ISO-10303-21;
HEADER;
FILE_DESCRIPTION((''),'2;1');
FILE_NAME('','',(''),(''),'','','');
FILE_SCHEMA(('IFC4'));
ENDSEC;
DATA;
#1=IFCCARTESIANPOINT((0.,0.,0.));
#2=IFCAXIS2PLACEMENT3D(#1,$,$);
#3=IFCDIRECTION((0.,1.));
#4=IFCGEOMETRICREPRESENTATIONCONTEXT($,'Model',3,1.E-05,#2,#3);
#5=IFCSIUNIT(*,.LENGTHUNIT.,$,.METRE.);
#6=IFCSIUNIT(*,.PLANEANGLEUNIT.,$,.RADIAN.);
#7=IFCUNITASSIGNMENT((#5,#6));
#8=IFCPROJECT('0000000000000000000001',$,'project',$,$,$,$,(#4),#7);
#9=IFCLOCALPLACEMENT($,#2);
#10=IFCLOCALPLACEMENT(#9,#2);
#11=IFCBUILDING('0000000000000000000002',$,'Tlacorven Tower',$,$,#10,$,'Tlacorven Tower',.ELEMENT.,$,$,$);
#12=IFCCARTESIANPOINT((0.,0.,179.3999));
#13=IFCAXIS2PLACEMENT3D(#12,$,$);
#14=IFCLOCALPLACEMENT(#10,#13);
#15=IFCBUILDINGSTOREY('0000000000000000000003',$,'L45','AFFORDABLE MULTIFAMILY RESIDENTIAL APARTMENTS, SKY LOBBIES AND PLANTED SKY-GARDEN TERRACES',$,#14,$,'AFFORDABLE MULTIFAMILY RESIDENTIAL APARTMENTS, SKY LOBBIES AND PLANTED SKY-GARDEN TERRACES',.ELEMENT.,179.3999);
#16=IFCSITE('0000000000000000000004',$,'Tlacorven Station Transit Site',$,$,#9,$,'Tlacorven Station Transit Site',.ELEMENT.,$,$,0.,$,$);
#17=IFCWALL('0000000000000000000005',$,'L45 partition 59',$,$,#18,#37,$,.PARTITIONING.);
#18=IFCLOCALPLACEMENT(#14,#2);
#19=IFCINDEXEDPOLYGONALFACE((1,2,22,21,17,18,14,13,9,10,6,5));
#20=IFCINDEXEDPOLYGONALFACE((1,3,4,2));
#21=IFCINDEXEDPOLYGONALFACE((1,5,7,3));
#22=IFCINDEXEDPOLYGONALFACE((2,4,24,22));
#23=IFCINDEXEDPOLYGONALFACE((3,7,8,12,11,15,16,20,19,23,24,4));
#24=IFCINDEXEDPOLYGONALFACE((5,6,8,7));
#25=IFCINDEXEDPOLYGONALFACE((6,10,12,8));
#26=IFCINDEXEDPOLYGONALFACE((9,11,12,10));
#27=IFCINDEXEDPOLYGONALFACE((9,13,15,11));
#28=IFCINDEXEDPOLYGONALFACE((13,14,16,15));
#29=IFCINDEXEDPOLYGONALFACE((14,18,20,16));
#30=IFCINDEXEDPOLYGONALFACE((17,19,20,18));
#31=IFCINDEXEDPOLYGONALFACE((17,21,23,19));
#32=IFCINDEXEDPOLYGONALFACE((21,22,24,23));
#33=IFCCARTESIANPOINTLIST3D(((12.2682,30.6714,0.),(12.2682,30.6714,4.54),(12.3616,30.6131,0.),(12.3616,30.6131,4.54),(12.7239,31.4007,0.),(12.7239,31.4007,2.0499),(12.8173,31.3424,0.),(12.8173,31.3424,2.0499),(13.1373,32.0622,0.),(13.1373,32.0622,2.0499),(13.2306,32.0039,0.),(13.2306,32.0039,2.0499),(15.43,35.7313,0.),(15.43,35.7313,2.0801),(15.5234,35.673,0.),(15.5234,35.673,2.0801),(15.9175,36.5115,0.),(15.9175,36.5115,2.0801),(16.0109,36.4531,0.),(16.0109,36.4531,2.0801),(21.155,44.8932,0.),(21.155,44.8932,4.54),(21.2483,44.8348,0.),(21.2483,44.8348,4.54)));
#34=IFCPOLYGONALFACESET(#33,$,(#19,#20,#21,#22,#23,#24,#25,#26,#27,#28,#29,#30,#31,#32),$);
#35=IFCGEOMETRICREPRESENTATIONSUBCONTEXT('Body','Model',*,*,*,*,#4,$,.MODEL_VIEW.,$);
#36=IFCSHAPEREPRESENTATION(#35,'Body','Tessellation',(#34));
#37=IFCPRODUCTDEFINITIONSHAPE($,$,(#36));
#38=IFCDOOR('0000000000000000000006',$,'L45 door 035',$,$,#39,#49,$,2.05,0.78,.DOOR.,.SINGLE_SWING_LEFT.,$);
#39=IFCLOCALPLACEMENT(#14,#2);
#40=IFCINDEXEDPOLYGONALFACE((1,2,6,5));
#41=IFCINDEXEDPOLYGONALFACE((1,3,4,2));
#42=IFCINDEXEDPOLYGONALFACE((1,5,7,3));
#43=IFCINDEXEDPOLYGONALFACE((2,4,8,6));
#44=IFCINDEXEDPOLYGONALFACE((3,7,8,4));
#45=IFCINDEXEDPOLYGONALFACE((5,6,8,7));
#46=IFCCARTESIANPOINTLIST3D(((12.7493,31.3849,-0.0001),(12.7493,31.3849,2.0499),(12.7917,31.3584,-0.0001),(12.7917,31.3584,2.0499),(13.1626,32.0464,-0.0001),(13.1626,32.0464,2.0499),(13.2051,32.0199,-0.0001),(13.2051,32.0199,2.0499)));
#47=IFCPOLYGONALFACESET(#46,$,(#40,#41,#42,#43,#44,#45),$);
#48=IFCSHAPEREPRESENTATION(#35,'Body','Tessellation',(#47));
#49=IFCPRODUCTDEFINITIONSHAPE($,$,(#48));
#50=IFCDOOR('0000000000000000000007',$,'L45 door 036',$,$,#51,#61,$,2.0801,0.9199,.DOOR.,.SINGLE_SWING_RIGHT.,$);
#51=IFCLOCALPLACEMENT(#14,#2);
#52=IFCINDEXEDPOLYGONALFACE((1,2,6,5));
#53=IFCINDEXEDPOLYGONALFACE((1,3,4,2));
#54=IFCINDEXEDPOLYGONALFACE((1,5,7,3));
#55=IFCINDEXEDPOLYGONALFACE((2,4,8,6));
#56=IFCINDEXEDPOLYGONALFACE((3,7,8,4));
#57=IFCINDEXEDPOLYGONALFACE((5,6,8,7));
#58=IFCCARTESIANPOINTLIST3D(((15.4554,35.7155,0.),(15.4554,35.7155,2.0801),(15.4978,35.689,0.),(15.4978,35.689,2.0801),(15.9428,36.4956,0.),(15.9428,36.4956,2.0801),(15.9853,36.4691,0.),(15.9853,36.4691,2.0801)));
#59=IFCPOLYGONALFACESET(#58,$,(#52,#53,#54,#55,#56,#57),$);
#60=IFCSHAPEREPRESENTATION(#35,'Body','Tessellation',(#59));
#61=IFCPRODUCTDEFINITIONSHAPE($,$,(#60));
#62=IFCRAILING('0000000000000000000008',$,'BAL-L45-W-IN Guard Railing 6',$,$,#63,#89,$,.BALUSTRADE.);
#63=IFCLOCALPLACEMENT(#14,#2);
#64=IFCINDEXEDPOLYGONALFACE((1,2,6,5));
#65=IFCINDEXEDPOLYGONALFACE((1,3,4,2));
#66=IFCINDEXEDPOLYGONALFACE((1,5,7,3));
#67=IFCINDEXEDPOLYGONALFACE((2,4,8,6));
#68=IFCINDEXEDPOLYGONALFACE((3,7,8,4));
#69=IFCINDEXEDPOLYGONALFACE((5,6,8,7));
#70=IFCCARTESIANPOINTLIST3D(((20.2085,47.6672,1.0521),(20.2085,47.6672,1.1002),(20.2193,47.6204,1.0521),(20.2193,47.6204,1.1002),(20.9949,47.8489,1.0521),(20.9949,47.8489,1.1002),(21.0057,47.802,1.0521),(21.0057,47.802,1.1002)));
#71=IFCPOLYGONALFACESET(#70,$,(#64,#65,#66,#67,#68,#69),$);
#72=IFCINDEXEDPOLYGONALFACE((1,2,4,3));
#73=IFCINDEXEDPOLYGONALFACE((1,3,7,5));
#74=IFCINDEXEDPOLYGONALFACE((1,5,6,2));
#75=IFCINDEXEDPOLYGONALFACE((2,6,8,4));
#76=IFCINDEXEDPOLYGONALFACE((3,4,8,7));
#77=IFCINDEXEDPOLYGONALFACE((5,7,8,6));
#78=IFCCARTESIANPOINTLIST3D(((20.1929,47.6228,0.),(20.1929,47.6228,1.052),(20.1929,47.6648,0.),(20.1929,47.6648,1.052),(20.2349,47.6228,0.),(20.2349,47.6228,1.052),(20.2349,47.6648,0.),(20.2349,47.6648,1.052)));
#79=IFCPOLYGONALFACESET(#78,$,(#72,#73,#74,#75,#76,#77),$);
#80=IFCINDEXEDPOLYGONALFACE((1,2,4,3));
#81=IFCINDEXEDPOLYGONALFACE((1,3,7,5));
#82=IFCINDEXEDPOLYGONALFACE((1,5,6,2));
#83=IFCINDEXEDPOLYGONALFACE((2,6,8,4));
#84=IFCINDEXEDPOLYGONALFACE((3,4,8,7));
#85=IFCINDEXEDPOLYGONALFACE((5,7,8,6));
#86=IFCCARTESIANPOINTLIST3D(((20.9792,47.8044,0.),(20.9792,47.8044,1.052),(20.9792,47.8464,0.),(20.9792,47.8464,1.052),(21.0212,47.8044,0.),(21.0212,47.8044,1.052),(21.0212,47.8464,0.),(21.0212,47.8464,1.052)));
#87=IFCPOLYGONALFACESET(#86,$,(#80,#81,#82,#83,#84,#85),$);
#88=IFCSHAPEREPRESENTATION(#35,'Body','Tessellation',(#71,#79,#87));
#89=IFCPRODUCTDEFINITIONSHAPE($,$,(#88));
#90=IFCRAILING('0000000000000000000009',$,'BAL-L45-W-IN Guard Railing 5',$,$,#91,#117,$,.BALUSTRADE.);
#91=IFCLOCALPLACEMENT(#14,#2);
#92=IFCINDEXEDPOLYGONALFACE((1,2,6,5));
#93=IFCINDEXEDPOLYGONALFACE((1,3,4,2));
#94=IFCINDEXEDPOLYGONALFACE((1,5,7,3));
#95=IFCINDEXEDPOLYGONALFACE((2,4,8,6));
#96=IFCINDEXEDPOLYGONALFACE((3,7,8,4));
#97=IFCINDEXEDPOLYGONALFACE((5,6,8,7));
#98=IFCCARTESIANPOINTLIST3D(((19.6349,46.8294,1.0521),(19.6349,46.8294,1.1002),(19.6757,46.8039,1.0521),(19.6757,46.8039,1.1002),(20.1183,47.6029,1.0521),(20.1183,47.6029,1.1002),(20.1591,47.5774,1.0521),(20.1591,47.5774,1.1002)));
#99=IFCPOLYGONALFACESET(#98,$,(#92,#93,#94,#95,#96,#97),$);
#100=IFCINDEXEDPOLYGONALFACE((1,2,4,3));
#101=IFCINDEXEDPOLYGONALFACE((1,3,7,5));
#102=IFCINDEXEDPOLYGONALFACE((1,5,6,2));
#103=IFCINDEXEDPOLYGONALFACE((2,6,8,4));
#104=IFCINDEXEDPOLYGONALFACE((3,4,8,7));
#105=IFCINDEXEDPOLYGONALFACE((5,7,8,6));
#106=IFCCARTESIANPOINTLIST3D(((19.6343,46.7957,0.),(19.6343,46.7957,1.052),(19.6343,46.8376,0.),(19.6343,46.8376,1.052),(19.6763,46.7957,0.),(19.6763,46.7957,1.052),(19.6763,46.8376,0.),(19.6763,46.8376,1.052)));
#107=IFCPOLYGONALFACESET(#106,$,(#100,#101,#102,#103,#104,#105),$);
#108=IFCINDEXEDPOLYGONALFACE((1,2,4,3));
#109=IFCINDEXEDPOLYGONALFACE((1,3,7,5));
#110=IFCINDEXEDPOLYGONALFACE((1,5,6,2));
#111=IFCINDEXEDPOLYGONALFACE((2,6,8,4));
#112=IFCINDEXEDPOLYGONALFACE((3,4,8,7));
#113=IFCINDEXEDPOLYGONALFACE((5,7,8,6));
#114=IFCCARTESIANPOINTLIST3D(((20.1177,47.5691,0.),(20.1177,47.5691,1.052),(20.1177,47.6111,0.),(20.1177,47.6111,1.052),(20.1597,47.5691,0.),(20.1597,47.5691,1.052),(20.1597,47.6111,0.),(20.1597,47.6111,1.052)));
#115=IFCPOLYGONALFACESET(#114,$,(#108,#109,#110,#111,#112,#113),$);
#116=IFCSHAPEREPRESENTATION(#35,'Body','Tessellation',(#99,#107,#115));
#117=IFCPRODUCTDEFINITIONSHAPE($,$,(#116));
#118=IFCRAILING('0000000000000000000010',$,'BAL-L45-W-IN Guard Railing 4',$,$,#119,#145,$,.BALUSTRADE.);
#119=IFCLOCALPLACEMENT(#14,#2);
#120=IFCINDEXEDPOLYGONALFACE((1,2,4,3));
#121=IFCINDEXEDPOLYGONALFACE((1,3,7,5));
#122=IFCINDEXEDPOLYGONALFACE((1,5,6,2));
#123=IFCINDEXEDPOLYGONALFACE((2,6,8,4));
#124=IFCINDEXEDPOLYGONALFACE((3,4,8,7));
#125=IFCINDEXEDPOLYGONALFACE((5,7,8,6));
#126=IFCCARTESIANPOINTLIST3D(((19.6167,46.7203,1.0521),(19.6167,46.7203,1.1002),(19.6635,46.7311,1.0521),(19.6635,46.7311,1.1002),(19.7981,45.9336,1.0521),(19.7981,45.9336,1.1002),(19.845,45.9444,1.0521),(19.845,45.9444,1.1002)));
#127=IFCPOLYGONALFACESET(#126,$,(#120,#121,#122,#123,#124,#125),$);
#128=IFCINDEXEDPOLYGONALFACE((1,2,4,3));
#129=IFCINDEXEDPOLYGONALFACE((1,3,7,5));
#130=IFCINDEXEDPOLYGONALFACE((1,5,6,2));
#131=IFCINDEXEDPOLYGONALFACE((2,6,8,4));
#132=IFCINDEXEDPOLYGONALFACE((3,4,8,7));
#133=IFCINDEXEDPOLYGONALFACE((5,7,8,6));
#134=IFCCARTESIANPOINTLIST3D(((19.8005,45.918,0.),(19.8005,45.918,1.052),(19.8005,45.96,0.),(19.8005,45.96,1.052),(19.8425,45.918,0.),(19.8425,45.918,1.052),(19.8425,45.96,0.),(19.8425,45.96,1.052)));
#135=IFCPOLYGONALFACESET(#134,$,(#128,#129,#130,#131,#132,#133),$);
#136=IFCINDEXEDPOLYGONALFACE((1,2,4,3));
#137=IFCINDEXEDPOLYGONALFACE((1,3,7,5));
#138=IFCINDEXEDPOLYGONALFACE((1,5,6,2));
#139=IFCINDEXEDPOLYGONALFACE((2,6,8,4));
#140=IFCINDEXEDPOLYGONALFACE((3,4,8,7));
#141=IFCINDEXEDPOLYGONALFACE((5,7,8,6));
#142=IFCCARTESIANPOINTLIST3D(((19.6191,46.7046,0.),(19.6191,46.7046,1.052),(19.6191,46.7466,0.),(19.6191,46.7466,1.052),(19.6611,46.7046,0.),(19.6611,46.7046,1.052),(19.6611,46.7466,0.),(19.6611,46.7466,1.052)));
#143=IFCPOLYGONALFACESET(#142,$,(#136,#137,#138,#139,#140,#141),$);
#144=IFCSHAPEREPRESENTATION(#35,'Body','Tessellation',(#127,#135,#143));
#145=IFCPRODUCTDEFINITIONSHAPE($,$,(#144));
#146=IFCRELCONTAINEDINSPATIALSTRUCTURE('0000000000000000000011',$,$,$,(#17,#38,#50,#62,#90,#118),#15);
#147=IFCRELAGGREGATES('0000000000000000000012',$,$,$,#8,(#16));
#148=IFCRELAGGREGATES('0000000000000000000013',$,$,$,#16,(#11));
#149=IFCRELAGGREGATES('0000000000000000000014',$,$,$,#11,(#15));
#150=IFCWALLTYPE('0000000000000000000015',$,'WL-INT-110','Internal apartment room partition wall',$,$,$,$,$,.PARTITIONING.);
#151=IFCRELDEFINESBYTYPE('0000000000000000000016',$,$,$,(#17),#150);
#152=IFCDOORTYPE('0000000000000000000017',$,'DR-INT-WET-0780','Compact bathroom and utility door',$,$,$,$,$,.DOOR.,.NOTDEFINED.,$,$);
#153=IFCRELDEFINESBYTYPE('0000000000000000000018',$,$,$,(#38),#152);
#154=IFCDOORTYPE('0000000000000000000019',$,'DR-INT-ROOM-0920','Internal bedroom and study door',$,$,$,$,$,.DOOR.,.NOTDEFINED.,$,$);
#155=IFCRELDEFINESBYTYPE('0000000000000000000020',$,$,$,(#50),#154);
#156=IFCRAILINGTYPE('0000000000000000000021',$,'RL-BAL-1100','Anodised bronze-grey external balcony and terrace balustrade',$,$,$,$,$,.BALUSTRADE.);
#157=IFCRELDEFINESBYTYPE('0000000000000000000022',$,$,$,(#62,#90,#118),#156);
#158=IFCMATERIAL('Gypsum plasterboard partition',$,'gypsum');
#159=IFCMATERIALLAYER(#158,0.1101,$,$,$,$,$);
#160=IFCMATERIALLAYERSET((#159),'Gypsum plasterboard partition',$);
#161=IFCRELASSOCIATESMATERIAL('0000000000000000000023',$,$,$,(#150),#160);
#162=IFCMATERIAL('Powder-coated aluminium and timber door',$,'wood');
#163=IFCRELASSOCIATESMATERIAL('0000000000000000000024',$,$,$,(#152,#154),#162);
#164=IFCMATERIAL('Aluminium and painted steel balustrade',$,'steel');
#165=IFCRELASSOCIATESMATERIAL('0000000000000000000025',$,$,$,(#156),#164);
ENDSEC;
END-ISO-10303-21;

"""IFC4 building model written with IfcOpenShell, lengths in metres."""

from ifc_helpers import new_model, si_unit, direction, frame, frame_2d, origin, origin_2d, place, context, subcontext, project, spatial, rectangle, extrude, source, transform, mapped, material, layer, layer_set, type_object, element, fill, save


model = new_model("IFC4")

# Units and contexts
model_context = context("Model", 3, precision=1e-05, world=origin(), true_north=direction((0.0, 1.0)))
body_context = subcontext(model_context, "Body", "Model", "MODEL_VIEW")
ifc_project = project(units=[si_unit("LENGTHUNIT", "METRE"), si_unit("PLANEANGLEUNIT", "RADIAN")], contexts=[model_context])

# Site, building, storey
site_placement = place(None, origin())
site = spatial("IfcSite", under=ifc_project, at=site_placement, Name="Tlacorven Station Transit Site", LongName="Tlacorven Station Transit Site", CompositionType="ELEMENT", RefElevation=0.0)
building_placement = place(site_placement, origin())
building = spatial("IfcBuilding", under=site, at=building_placement, Name="Tlacorven Tower", LongName="Tlacorven Tower", CompositionType="ELEMENT")
storey_placement = place(building_placement, frame((0.0, 0.0, 179.3999)))
storey = spatial("IfcBuildingStorey", under=building, at=storey_placement, Name="L45", Description="AFFORDABLE MULTIFAMILY RESIDENTIAL APARTMENTS, SKY LOBBIES AND PLANTED SKY-GARDEN TERRACES", LongName="AFFORDABLE MULTIFAMILY RESIDENTIAL APARTMENTS, SKY LOBBIES AND PLANTED SKY-GARDEN TERRACES", CompositionType="ELEMENT", Elevation=179.3999)

# Shared definitions
ifc_material_1 = material(Name="Powder-coated aluminium and timber door", Category="wood")

# Wall, openings, doors
ifc_material_2 = material(Name="Gypsum plasterboard partition", Category="gypsum")
ifc_layer_1 = layer(ifc_material_2, 0.1101)
ifc_layer_set_1 = layer_set([ifc_layer_1], Name="Gypsum plasterboard partition")
wall_type_1 = type_object("IfcWallType", Name="WL-INT-110", Description="Internal apartment room partition wall", PredefinedType="PARTITIONING", material=ifc_layer_set_1)
wall_1_placement = place(storey_placement, frame((21.2017, 44.864, 0.0), z_axis=(0.0, 0.0, 1.0), x_axis=(-0.52992, -0.848047, 0.0)))
wall_1 = element("IfcWall", 1, at=wall_1_placement, inside=storey, type_object=wall_type_1, Name="L45 partition 59", PredefinedType="PARTITIONING", context=body_context, shape_type="SweptSolid", body=[
    extrude(rectangle(XDim=16.77, YDim=0.1101, at=frame_2d((8.385, 0.0))), origin(), (0.0, 0.0, 1.0), 4.54),
])
opening_1_placement = place(wall_1_placement, frame((15.1299, 0.0, 0.0)))
opening_1 = element("IfcOpeningElement", 2, at=opening_1_placement, cuts=wall_1, PredefinedType="OPENING", context=body_context, shape_type="SweptSolid", body=[
    extrude(rectangle(XDim=0.78, YDim=2.05, at=frame_2d((0.3901, 1.0249))), frame((0.0, 0.0649, 0.0), z_axis=(0.0, -1.0, 0.0), x_axis=(1.0, 0.0, 0.0)), (0.0, 0.0, 1.0), 0.1301),
])
opening_2_placement = place(wall_1_placement, frame((9.8835, 0.0, 0.0)))
opening_2 = element("IfcOpeningElement", 3, at=opening_2_placement, cuts=wall_1, PredefinedType="OPENING", context=body_context, shape_type="SweptSolid", body=[
    extrude(rectangle(XDim=0.9199, YDim=2.0801, at=frame_2d((0.46, 1.04))), frame((0.0, 0.0649, 0.0), z_axis=(0.0, -1.0, 0.0), x_axis=(1.0, 0.0, 0.0)), (0.0, 0.0, 1.0), 0.1301),
])
door_type_1 = type_object("IfcDoorType", Name="DR-INT-WET-0780", Description="Compact bathroom and utility door", OperationType="NOTDEFINED", PredefinedType="DOOR", material=ifc_material_1)
shared_shape_1 = source(origin(), body_context, "Body", "SweptSolid", [
    extrude(rectangle(XDim=0.78, YDim=2.05, at=frame_2d((0.3901, 1.0249))), frame((0.0, 0.0249, 0.0), z_axis=(0.0, -1.0, 0.0), x_axis=(1.0, 0.0, 0.0)), (0.0, 0.0, 1.0), 0.05),
])
door_1_placement = place(opening_1_placement, origin())
door_1 = element("IfcDoor", 4, at=door_1_placement, inside=storey, type_object=door_type_1, Name="L45 door 035", OperationType="SINGLE_SWING_LEFT", OverallHeight=2.05, OverallWidth=0.78, PredefinedType="DOOR", context=body_context, shape_type="MappedRepresentation", body=[
    mapped(shared_shape_1, transform((0.0, 0.0, 0.0), scale=1.0)),
])
fill(opening_1, door_1)
door_type_2 = type_object("IfcDoorType", Name="DR-INT-ROOM-0920", Description="Internal bedroom and study door", OperationType="NOTDEFINED", PredefinedType="DOOR", material=ifc_material_1)
shared_shape_2 = source(origin(), body_context, "Body", "SweptSolid", [
    extrude(rectangle(XDim=0.9199, YDim=2.0801, at=frame_2d((0.46, 1.04))), frame((0.0, 0.0249, 0.0), z_axis=(0.0, -1.0, 0.0), x_axis=(1.0, 0.0, 0.0)), (0.0, 0.0, 1.0), 0.05),
])
door_2_placement = place(opening_2_placement, origin())
door_2 = element("IfcDoor", 5, at=door_2_placement, inside=storey, type_object=door_type_2, Name="L45 door 036", OperationType="SINGLE_SWING_RIGHT", OverallHeight=2.0801, OverallWidth=0.9199, PredefinedType="DOOR", context=body_context, shape_type="MappedRepresentation", body=[
    mapped(shared_shape_2, transform((0.0, 0.0, 0.0), scale=1.0)),
])
fill(opening_2, door_2)

# Railings
ifc_material_3 = material(Name="Aluminium and painted steel balustrade", Category="steel")
railing_type = type_object("IfcRailingType", Name="RL-BAL-1100", Description="Anodised bronze-grey external balcony and terrace balustrade", PredefinedType="BALUSTRADE", material=ifc_material_3)
shared_shape_3 = source(origin(), body_context, "Body", "SweptSolid", [
    extrude(rectangle(XDim=0.0481, YDim=0.0481, at=origin_2d()), frame((0.0, 0.0, 1.0762), z_axis=(0.974345, 0.225058, 0.0), x_axis=(-0.225058, 0.974345, 0.0)), (0.0, 0.0, 1.0), 0.8071),
    extrude(rectangle(XDim=0.042, YDim=0.042, at=origin_2d()), origin(), (0.0, 0.0, 1.0), 1.052),
    extrude(rectangle(XDim=0.042, YDim=0.042, at=origin_2d()), frame((0.7864, 0.1816, 0.0)), (0.0, 0.0, 1.0), 1.052),
])
railing_1_placement = place(storey_placement, frame((20.2139, 47.6438, 0.0)))
element("IfcRailing", 6, at=railing_1_placement, inside=storey, type_object=railing_type, Name="BAL-L45-W-IN Guard Railing 6", PredefinedType="BALUSTRADE", context=body_context, shape_type="MappedRepresentation", body=[
    mapped(shared_shape_3, transform((0.0, 0.0, 0.0), scale=1.0)),
])
shared_shape_4 = source(origin(), body_context, "Body", "SweptSolid", [
    extrude(rectangle(XDim=0.0481, YDim=0.0481, at=origin_2d()), frame((0.0, 0.0, 1.0762), z_axis=(0.529999, 0.847998, 0.0), x_axis=(-0.847998, 0.529999, 0.0)), (0.0, 0.0, 1.0), 0.9121),
    extrude(rectangle(XDim=0.042, YDim=0.042, at=origin_2d()), origin(), (0.0, 0.0, 1.0), 1.052),
    extrude(rectangle(XDim=0.042, YDim=0.042, at=origin_2d()), frame((0.4834, 0.7734, 0.0)), (0.0, 0.0, 1.0), 1.052),
])
railing_2_placement = place(storey_placement, frame((19.6553, 46.8167, 0.0)))
element("IfcRailing", 7, at=railing_2_placement, inside=storey, type_object=railing_type, Name="BAL-L45-W-IN Guard Railing 5", PredefinedType="BALUSTRADE", context=body_context, shape_type="MappedRepresentation", body=[
    mapped(shared_shape_4, transform((0.0, 0.0, 0.0), scale=1.0)),
])
shared_shape_5 = source(origin(), body_context, "Body", "SweptSolid", [
    extrude(rectangle(XDim=0.0481, YDim=0.0481, at=origin_2d()), frame((0.0, 0.0, 1.0762), z_axis=(-0.224705, 0.974427, 0.0), x_axis=(-0.974427, -0.224705, 0.0)), (0.0, 0.0, 1.0), 0.8074),
    extrude(rectangle(XDim=0.042, YDim=0.042, at=origin_2d()), origin(), (0.0, 0.0, 1.0), 1.052),
    extrude(rectangle(XDim=0.042, YDim=0.042, at=origin_2d()), frame((-0.1814, 0.7866, 0.0)), (0.0, 0.0, 1.0), 1.052),
])
railing_3_placement = place(storey_placement, frame((19.8215, 45.939, 0.0)))
element("IfcRailing", 8, at=railing_3_placement, inside=storey, type_object=railing_type, Name="BAL-L45-W-IN Guard Railing 4", PredefinedType="BALUSTRADE", context=body_context, shape_type="MappedRepresentation", body=[
    mapped(shared_shape_5, transform((0.0, 0.0, 0.0), scale=1.0)),
])

save(model, "model.ifc")
